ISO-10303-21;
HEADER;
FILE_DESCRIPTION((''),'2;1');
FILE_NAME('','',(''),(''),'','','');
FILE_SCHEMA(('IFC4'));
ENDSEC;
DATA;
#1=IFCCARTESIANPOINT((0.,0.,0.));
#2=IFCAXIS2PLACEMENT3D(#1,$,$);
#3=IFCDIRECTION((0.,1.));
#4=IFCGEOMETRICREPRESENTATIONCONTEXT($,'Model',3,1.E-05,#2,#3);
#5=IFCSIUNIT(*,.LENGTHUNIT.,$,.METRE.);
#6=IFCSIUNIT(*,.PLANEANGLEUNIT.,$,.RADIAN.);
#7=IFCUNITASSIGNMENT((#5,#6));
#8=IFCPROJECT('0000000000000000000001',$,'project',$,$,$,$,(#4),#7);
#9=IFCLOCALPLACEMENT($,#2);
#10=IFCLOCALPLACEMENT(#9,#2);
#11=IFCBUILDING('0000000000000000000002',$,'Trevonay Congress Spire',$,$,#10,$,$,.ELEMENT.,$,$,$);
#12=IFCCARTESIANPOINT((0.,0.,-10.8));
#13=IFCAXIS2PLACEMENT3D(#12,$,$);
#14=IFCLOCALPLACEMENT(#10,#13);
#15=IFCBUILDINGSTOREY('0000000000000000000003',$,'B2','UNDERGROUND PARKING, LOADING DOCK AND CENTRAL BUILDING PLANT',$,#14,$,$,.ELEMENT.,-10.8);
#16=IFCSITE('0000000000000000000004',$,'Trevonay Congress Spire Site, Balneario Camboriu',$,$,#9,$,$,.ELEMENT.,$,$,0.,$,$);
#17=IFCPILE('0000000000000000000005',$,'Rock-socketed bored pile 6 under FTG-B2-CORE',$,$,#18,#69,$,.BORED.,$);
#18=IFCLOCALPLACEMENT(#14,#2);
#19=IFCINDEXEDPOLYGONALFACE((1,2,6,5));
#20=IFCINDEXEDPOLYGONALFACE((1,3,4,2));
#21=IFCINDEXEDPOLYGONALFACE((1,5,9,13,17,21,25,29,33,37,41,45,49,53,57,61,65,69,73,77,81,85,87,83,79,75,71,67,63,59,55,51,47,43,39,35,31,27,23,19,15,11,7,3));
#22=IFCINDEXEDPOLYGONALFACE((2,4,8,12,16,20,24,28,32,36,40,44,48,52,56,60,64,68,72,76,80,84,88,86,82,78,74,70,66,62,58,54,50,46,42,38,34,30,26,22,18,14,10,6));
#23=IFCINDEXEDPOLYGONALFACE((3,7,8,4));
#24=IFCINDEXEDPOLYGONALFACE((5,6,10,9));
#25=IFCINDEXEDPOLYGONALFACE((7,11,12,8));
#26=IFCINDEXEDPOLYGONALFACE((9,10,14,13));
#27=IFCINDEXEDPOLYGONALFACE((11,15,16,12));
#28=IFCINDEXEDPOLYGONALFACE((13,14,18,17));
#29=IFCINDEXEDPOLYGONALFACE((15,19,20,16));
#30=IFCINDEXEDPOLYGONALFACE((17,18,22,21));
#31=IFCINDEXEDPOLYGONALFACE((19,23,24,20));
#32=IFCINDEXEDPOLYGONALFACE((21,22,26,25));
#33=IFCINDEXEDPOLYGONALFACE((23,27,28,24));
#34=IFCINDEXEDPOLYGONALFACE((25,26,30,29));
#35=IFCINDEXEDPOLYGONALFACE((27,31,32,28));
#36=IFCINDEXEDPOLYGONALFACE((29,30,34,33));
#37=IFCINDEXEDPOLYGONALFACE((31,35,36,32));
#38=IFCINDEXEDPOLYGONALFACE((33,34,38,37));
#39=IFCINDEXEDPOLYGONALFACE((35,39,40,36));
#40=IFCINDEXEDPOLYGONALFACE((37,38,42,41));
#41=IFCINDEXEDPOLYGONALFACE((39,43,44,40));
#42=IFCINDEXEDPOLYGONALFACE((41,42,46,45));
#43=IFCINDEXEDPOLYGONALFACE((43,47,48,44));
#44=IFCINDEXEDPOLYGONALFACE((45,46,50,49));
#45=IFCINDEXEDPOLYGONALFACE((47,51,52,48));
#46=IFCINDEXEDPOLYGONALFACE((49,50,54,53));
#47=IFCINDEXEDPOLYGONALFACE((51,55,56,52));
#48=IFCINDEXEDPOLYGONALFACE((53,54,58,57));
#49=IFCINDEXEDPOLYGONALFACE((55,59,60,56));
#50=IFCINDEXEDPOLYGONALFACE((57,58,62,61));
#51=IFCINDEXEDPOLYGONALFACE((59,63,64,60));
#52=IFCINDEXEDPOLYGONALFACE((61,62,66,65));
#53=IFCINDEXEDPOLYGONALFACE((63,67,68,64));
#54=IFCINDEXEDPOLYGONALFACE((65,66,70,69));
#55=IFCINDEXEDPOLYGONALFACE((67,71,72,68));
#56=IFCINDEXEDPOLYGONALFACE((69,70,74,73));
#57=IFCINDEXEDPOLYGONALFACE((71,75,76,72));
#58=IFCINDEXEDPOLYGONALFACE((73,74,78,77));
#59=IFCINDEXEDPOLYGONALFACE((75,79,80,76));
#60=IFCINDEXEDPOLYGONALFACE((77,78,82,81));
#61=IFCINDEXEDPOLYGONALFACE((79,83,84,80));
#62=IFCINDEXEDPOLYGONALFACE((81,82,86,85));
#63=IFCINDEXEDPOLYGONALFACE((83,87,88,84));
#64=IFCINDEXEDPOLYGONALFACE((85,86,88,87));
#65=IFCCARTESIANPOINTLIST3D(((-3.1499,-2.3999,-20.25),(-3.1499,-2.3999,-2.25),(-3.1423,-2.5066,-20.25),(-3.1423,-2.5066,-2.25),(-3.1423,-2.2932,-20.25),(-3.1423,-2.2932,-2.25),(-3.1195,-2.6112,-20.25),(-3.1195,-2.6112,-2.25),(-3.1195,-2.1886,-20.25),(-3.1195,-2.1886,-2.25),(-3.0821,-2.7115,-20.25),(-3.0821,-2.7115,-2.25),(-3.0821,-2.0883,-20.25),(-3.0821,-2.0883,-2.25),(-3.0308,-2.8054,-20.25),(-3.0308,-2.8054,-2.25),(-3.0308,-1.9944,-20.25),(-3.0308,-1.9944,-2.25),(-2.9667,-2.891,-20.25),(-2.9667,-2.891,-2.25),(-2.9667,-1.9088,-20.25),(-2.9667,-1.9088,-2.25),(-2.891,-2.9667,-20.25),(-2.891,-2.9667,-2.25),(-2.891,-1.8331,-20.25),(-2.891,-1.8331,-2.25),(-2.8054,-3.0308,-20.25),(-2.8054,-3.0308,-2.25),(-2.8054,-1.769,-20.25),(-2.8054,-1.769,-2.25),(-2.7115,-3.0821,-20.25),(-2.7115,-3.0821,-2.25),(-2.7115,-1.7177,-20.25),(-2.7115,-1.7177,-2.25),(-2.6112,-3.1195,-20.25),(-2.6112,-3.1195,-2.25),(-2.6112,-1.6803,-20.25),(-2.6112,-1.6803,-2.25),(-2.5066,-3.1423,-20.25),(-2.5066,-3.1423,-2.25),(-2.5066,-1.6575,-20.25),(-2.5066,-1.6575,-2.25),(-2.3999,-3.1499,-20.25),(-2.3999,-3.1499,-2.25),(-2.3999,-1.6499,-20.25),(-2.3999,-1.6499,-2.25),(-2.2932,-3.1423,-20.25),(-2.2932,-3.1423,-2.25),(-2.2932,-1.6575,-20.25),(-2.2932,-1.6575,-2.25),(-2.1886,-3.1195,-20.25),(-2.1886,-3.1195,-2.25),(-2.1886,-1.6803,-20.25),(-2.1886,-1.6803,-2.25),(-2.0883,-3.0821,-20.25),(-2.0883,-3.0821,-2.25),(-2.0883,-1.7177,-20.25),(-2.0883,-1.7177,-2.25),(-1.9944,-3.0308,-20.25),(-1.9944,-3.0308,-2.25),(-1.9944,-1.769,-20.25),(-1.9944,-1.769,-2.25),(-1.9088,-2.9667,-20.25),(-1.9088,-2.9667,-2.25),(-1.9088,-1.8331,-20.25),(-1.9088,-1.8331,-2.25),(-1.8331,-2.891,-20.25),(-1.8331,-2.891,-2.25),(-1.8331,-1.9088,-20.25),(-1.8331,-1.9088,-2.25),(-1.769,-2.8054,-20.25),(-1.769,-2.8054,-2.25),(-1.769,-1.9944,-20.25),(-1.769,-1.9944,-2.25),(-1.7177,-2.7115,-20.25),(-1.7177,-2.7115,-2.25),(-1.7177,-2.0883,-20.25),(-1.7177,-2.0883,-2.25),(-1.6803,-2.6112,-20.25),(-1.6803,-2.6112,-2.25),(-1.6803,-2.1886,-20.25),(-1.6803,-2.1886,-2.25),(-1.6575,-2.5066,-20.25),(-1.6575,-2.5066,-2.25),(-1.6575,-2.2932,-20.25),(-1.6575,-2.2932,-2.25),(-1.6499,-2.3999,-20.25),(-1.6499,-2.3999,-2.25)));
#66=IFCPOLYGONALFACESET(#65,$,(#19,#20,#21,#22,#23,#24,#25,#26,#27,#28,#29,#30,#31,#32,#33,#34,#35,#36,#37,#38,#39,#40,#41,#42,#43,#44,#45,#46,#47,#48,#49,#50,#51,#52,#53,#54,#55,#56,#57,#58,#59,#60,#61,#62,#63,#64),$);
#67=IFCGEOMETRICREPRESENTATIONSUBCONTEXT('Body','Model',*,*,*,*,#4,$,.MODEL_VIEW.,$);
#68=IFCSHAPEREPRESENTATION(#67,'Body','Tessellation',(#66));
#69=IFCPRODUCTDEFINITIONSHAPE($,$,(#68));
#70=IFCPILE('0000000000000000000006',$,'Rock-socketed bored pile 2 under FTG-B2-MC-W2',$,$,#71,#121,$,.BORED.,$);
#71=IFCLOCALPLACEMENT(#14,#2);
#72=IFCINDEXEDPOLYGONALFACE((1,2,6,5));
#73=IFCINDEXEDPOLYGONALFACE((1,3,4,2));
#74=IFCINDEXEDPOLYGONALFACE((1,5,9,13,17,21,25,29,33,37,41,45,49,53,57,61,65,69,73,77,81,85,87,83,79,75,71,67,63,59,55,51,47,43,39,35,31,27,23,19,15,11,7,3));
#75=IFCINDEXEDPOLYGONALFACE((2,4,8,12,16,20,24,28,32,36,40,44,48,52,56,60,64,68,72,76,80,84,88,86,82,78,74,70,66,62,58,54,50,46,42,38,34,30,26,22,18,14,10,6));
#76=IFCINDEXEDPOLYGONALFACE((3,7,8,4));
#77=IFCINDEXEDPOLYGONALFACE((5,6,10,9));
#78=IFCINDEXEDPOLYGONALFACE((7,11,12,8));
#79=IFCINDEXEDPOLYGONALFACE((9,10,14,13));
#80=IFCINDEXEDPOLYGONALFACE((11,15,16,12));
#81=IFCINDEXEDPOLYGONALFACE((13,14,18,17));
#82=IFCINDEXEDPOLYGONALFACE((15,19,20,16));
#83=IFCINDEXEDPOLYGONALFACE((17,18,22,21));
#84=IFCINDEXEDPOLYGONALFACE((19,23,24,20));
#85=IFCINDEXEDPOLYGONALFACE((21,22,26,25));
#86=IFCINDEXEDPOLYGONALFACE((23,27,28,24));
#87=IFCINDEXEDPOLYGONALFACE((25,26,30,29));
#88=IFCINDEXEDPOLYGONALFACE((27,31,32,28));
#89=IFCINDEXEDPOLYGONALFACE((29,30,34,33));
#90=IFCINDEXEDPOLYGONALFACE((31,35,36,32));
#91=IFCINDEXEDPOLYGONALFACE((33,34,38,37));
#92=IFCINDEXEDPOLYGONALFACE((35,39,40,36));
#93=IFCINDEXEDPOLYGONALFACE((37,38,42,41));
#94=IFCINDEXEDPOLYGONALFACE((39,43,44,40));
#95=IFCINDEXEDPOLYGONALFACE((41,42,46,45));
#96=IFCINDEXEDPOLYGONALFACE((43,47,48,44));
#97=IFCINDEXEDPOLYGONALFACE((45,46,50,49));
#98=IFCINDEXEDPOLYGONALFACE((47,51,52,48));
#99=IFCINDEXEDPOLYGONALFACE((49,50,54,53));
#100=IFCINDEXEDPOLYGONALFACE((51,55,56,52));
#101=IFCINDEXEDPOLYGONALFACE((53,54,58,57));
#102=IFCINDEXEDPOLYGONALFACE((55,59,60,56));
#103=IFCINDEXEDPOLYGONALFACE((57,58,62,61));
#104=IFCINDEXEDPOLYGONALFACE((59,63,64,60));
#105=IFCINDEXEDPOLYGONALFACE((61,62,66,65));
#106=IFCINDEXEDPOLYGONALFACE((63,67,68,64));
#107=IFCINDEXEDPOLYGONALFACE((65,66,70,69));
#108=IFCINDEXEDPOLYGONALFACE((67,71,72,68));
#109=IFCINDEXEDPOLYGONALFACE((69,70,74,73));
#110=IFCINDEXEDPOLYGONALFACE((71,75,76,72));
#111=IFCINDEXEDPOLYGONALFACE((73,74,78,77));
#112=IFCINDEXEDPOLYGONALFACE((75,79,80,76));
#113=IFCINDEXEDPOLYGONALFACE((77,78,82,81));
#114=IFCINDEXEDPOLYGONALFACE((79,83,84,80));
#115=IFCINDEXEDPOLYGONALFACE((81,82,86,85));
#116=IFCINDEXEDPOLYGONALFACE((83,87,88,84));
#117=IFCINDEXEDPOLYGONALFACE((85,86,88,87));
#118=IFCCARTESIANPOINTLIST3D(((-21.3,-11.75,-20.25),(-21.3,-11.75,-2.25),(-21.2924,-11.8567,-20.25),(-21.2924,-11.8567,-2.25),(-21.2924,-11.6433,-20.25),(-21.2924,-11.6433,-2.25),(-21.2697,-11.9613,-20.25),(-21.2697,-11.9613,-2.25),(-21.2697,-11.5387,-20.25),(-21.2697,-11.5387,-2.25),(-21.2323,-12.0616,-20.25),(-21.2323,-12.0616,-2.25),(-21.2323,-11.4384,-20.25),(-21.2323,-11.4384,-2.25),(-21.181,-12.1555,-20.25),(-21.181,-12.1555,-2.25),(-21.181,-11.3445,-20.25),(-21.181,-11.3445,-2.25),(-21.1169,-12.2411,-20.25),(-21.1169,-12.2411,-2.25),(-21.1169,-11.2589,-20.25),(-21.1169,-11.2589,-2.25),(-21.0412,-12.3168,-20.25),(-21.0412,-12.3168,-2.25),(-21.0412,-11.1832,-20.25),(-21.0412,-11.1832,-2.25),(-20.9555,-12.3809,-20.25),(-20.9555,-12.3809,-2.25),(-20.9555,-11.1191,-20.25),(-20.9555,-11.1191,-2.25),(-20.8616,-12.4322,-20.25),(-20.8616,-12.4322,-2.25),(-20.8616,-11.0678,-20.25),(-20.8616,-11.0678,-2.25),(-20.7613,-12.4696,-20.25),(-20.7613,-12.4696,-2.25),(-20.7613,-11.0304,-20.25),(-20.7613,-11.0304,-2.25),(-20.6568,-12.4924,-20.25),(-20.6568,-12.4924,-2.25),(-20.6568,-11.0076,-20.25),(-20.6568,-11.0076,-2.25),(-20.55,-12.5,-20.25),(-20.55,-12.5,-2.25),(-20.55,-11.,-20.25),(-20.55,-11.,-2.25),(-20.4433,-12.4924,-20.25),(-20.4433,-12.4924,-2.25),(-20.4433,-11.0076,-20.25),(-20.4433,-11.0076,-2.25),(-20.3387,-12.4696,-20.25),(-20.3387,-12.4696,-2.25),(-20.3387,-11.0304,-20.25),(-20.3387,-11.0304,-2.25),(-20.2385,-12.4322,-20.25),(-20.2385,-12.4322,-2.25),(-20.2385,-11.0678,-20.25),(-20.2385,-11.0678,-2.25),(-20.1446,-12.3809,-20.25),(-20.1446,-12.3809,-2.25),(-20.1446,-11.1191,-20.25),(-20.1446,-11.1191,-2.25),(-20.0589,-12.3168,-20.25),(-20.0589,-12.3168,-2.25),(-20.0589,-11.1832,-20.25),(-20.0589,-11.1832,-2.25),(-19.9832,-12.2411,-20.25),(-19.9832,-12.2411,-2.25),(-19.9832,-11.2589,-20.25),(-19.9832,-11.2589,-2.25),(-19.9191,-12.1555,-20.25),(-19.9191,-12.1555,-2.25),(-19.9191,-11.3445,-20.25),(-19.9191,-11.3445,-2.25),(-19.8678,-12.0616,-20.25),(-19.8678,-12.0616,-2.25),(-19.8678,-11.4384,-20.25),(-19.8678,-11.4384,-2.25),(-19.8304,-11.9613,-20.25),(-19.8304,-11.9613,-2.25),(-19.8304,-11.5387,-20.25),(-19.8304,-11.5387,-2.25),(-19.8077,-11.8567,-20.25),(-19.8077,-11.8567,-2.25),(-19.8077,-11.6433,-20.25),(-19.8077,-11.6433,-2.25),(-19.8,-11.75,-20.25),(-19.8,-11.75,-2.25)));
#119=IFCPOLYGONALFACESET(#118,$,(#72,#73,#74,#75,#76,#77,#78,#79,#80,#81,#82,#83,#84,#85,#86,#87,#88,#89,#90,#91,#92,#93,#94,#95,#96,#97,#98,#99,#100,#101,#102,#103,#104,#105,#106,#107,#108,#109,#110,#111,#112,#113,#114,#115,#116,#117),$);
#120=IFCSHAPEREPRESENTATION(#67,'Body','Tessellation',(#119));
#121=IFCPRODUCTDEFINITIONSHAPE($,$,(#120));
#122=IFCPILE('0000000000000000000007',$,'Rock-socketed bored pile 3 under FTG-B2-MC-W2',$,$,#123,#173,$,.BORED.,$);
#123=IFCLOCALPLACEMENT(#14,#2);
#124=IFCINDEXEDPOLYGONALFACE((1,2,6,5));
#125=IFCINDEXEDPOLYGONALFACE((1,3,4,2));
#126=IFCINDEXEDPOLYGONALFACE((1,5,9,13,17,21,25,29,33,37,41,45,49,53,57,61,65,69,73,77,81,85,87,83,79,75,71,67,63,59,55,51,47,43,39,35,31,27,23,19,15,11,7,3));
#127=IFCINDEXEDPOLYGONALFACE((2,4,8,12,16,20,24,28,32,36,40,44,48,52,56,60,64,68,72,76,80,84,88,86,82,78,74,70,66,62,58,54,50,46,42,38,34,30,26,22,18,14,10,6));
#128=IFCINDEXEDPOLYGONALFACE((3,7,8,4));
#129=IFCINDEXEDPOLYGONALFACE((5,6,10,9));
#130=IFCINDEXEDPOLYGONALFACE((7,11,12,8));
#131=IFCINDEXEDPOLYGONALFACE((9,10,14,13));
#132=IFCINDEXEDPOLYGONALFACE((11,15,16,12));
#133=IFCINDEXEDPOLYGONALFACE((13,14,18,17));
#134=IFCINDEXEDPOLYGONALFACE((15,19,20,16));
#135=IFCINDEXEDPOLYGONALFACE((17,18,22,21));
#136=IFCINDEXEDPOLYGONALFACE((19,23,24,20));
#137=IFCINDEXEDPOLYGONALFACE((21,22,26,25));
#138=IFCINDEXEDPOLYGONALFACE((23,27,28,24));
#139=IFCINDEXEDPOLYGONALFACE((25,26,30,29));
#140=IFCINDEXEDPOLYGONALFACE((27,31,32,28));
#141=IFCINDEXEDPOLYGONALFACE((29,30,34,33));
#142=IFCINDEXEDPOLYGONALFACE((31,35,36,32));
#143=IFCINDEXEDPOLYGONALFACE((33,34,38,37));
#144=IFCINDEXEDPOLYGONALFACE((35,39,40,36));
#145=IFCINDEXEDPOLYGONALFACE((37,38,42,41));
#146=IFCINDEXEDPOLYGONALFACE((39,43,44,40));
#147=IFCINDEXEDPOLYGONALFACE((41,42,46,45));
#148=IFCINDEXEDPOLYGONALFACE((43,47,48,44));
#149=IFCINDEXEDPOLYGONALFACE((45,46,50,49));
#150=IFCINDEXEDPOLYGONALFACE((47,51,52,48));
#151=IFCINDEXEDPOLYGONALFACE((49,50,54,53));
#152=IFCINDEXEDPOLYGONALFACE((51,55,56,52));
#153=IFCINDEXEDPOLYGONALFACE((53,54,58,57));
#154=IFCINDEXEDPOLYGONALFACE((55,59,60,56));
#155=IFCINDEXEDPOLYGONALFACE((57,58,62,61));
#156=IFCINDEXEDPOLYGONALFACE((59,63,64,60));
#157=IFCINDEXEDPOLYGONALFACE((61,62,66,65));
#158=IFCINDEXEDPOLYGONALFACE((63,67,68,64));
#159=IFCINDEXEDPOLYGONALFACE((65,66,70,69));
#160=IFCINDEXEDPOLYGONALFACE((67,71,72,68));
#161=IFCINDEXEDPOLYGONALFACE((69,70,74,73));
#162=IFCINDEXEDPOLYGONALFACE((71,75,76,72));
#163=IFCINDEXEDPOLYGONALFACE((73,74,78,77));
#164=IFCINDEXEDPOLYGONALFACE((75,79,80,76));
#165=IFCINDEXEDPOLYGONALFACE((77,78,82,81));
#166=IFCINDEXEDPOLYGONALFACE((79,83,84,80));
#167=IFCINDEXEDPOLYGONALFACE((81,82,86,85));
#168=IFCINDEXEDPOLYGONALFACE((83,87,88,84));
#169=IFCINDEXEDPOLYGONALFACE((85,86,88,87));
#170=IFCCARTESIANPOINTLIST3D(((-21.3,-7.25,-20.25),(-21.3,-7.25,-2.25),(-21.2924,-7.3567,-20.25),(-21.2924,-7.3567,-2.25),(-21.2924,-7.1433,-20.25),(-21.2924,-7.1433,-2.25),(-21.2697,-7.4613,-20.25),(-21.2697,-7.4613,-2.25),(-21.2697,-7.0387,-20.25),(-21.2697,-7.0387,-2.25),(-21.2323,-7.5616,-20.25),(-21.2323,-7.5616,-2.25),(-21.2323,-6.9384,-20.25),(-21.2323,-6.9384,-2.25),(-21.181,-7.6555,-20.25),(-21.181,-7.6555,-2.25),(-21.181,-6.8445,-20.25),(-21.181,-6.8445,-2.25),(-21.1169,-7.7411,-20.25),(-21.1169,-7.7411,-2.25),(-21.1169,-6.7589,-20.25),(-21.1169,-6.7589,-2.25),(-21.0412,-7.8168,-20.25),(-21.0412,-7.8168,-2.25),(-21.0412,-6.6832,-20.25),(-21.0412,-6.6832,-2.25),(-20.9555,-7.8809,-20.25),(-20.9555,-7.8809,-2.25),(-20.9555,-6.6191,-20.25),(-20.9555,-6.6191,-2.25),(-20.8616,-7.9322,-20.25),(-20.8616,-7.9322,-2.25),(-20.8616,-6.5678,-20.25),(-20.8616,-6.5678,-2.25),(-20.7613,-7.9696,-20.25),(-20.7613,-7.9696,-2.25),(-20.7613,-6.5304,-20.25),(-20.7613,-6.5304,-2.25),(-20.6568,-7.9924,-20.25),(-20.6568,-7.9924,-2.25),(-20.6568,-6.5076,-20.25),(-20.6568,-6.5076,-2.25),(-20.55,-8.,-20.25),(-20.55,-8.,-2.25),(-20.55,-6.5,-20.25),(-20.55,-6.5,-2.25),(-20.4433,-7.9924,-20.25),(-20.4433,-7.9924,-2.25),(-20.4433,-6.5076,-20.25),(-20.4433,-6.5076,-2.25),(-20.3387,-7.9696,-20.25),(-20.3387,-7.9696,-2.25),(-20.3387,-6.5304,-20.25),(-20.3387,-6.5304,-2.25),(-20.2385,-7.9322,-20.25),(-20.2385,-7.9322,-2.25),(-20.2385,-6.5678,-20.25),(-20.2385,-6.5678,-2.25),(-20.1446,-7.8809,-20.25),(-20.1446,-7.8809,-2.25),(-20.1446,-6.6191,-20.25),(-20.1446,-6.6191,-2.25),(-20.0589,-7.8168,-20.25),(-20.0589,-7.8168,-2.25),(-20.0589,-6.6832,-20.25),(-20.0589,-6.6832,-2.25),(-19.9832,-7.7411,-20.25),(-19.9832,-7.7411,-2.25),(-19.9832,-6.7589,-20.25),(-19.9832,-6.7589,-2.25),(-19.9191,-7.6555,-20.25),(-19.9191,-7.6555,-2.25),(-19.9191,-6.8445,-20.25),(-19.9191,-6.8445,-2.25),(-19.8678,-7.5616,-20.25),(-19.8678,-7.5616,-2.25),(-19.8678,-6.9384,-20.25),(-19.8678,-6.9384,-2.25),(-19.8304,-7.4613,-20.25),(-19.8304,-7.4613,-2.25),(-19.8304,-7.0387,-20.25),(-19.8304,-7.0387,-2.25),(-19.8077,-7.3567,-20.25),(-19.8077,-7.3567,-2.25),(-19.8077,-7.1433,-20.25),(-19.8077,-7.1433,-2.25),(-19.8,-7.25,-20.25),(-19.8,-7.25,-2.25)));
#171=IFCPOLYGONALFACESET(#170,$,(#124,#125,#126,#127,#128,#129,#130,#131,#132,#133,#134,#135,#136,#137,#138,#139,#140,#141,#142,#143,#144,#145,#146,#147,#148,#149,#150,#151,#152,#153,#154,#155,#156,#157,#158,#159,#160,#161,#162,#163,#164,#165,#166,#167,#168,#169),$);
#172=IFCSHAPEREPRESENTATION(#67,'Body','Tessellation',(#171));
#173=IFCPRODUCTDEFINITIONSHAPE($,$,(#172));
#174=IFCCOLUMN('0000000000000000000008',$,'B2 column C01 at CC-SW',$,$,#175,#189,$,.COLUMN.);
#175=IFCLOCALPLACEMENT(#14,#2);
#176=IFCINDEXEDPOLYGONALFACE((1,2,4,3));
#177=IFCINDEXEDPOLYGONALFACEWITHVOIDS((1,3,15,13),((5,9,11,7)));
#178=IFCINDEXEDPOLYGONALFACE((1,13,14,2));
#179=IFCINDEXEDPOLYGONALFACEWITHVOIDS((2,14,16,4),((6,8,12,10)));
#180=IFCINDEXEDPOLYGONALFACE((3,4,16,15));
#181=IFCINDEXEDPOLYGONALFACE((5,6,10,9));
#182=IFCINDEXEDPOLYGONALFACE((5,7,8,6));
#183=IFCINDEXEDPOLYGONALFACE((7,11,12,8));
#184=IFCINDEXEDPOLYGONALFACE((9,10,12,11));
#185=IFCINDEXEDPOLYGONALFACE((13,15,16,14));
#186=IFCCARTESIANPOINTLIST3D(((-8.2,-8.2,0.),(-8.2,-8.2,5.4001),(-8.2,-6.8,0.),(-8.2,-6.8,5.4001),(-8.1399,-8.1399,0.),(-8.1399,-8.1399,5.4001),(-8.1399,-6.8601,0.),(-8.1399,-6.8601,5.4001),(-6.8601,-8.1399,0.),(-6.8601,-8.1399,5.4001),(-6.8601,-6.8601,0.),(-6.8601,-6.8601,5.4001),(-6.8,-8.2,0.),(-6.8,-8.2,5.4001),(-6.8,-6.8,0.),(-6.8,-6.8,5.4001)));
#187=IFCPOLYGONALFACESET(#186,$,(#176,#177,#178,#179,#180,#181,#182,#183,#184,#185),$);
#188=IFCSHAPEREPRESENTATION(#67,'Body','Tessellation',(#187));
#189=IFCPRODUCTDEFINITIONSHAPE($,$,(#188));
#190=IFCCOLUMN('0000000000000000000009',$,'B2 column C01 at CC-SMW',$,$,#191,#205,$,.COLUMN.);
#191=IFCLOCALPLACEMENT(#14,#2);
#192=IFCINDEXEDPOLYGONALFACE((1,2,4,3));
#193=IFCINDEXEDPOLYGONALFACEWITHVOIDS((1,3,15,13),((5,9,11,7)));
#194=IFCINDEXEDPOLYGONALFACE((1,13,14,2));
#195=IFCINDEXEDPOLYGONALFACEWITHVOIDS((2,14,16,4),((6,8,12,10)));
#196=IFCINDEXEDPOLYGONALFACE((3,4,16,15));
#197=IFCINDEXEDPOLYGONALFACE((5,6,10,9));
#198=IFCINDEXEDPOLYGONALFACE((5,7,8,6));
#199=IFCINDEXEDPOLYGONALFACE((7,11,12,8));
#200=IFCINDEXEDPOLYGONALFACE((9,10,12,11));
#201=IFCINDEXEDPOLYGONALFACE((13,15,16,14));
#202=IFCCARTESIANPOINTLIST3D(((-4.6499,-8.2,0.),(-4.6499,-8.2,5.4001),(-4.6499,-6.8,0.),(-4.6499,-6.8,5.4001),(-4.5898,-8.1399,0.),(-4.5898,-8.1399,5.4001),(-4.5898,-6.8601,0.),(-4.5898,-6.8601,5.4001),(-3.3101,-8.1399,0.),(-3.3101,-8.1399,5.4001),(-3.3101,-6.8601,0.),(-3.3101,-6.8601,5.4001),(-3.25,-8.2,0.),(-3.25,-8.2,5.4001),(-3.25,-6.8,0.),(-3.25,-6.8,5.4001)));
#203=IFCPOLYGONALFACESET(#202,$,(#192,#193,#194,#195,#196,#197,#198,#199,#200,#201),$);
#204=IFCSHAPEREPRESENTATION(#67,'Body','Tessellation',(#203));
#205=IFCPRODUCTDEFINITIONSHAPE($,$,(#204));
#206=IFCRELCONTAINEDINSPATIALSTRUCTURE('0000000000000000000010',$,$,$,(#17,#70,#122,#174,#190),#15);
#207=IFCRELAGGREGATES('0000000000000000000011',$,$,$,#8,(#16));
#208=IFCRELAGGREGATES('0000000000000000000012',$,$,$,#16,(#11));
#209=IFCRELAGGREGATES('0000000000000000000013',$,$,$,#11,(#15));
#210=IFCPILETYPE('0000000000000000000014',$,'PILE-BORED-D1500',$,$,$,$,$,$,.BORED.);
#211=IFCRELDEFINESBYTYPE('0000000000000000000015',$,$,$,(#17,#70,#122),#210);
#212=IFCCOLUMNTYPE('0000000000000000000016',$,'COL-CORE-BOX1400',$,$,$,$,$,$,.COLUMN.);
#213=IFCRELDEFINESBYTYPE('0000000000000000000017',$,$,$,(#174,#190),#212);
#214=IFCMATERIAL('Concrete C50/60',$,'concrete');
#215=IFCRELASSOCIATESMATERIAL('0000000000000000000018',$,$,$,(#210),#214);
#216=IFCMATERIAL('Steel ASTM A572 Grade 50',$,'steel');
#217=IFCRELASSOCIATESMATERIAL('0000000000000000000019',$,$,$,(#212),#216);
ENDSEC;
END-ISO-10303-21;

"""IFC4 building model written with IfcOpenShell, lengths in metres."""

from ifc_helpers import new_model, si_unit, direction, frame, origin, origin_2d, place, context, subcontext, project, spatial, hollow_rectangle, circle, extrude, material, material_profile, profile_set, type_object, element, save


model = new_model("IFC4")

# Units and contexts
model_context = context("Model", 3, precision=1e-05, world=origin(), true_north=direction((0.0, 1.0)))
body_context = subcontext(model_context, "Body", "Model", "MODEL_VIEW")
ifc_project = project(units=[si_unit("LENGTHUNIT", "METRE"), si_unit("PLANEANGLEUNIT", "RADIAN")], contexts=[model_context])

# Site, building, storey
site_placement = place(None, origin())
site = spatial("IfcSite", under=ifc_project, at=site_placement, Name="Trevonay Congress Spire Site, Balneario Camboriu", CompositionType="ELEMENT", RefElevation=0.0)
building_placement = place(site_placement, origin())
building = spatial("IfcBuilding", under=site, at=building_placement, Name="Trevonay Congress Spire", CompositionType="ELEMENT")
storey_placement = place(building_placement, frame((0.0, 0.0, -10.8)))
storey = spatial("IfcBuildingStorey", under=building, at=storey_placement, Name="B2", Description="UNDERGROUND PARKING, LOADING DOCK AND CENTRAL BUILDING PLANT", CompositionType="ELEMENT", Elevation=-10.8)

# Shared definitions
ifc_material_1 = material(Name="Concrete C50/60", Category="concrete")

# Piles
ifc_material_profile_1 = material_profile(ifc_material_1, circle(Radius=0.75, at=origin_2d()), Name="PILE D1500")
ifc_profile_set_1 = profile_set([ifc_material_profile_1], Name="Concrete C50/60")
pile_type = type_object("IfcPileType", Name="PILE-BORED-D1500", PredefinedType="BORED", material=ifc_profile_set_1)
for number, where, z_axis, x_axis, name in (
    (1, (-2.3999, -2.3999, -2.25), (0.0, 0.0, -1.0), (1.0, 0.0, 0.0), "Rock-socketed bored pile 6 under FTG-B2-CORE"),
    (2, (-20.55, -11.75, -2.25), (0.0, 0.0, -1.0), (1.0, 0.0, 0.0), "Rock-socketed bored pile 2 under FTG-B2-MC-W2"),
    (3, (-20.55, -7.25, -2.25), (0.0, 0.0, -1.0), (1.0, 0.0, 0.0), "Rock-socketed bored pile 3 under FTG-B2-MC-W2"),
):
    element("IfcPile", number, at=place(storey_placement, frame(where, z_axis=z_axis, x_axis=x_axis)), inside=storey, type_object=pile_type, Name=name, PredefinedType="BORED", context=body_context, shape_type="SweptSolid", body=[
        extrude(circle(Radius=0.75, at=origin_2d()), origin(), (0.0, 0.0, 1.0), 18.0),
    ])

# Columns
ifc_material_2 = material(Name="Steel ASTM A572 Grade 50", Category="steel")
ifc_material_profile_2 = material_profile(ifc_material_2, hollow_rectangle(XDim=1.3999, YDim=1.3999, WallThickness=0.0601, at=origin_2d()), Name="BOX 1400x1400x60")
ifc_profile_set_2 = profile_set([ifc_material_profile_2], Name="Steel ASTM A572 Grade 50")
column_type = type_object("IfcColumnType", Name="COL-CORE-BOX1400", PredefinedType="COLUMN", material=ifc_profile_set_2)
for number, where, z_axis, x_axis, name in (
    (4, (-7.5, -7.5, 0.0), (0.0, 0.0, 1.0), (1.0, 0.0, 0.0), "B2 column C01 at CC-SW"),
    (5, (-3.95, -7.5, 0.0), (0.0, 0.0, 1.0), (1.0, 0.0, 0.0), "B2 column C01 at CC-SMW"),
):
    element("IfcColumn", number, at=place(storey_placement, frame(where, z_axis=z_axis, x_axis=x_axis)), inside=storey, type_object=column_type, Name=name, PredefinedType="COLUMN", context=body_context, shape_type="SweptSolid", body=[
        extrude(hollow_rectangle(XDim=1.3999, YDim=1.3999, WallThickness=0.0601, at=origin_2d()), origin(), (0.0, 0.0, 1.0), 5.4001),
    ])

save(model, "model.ifc")
